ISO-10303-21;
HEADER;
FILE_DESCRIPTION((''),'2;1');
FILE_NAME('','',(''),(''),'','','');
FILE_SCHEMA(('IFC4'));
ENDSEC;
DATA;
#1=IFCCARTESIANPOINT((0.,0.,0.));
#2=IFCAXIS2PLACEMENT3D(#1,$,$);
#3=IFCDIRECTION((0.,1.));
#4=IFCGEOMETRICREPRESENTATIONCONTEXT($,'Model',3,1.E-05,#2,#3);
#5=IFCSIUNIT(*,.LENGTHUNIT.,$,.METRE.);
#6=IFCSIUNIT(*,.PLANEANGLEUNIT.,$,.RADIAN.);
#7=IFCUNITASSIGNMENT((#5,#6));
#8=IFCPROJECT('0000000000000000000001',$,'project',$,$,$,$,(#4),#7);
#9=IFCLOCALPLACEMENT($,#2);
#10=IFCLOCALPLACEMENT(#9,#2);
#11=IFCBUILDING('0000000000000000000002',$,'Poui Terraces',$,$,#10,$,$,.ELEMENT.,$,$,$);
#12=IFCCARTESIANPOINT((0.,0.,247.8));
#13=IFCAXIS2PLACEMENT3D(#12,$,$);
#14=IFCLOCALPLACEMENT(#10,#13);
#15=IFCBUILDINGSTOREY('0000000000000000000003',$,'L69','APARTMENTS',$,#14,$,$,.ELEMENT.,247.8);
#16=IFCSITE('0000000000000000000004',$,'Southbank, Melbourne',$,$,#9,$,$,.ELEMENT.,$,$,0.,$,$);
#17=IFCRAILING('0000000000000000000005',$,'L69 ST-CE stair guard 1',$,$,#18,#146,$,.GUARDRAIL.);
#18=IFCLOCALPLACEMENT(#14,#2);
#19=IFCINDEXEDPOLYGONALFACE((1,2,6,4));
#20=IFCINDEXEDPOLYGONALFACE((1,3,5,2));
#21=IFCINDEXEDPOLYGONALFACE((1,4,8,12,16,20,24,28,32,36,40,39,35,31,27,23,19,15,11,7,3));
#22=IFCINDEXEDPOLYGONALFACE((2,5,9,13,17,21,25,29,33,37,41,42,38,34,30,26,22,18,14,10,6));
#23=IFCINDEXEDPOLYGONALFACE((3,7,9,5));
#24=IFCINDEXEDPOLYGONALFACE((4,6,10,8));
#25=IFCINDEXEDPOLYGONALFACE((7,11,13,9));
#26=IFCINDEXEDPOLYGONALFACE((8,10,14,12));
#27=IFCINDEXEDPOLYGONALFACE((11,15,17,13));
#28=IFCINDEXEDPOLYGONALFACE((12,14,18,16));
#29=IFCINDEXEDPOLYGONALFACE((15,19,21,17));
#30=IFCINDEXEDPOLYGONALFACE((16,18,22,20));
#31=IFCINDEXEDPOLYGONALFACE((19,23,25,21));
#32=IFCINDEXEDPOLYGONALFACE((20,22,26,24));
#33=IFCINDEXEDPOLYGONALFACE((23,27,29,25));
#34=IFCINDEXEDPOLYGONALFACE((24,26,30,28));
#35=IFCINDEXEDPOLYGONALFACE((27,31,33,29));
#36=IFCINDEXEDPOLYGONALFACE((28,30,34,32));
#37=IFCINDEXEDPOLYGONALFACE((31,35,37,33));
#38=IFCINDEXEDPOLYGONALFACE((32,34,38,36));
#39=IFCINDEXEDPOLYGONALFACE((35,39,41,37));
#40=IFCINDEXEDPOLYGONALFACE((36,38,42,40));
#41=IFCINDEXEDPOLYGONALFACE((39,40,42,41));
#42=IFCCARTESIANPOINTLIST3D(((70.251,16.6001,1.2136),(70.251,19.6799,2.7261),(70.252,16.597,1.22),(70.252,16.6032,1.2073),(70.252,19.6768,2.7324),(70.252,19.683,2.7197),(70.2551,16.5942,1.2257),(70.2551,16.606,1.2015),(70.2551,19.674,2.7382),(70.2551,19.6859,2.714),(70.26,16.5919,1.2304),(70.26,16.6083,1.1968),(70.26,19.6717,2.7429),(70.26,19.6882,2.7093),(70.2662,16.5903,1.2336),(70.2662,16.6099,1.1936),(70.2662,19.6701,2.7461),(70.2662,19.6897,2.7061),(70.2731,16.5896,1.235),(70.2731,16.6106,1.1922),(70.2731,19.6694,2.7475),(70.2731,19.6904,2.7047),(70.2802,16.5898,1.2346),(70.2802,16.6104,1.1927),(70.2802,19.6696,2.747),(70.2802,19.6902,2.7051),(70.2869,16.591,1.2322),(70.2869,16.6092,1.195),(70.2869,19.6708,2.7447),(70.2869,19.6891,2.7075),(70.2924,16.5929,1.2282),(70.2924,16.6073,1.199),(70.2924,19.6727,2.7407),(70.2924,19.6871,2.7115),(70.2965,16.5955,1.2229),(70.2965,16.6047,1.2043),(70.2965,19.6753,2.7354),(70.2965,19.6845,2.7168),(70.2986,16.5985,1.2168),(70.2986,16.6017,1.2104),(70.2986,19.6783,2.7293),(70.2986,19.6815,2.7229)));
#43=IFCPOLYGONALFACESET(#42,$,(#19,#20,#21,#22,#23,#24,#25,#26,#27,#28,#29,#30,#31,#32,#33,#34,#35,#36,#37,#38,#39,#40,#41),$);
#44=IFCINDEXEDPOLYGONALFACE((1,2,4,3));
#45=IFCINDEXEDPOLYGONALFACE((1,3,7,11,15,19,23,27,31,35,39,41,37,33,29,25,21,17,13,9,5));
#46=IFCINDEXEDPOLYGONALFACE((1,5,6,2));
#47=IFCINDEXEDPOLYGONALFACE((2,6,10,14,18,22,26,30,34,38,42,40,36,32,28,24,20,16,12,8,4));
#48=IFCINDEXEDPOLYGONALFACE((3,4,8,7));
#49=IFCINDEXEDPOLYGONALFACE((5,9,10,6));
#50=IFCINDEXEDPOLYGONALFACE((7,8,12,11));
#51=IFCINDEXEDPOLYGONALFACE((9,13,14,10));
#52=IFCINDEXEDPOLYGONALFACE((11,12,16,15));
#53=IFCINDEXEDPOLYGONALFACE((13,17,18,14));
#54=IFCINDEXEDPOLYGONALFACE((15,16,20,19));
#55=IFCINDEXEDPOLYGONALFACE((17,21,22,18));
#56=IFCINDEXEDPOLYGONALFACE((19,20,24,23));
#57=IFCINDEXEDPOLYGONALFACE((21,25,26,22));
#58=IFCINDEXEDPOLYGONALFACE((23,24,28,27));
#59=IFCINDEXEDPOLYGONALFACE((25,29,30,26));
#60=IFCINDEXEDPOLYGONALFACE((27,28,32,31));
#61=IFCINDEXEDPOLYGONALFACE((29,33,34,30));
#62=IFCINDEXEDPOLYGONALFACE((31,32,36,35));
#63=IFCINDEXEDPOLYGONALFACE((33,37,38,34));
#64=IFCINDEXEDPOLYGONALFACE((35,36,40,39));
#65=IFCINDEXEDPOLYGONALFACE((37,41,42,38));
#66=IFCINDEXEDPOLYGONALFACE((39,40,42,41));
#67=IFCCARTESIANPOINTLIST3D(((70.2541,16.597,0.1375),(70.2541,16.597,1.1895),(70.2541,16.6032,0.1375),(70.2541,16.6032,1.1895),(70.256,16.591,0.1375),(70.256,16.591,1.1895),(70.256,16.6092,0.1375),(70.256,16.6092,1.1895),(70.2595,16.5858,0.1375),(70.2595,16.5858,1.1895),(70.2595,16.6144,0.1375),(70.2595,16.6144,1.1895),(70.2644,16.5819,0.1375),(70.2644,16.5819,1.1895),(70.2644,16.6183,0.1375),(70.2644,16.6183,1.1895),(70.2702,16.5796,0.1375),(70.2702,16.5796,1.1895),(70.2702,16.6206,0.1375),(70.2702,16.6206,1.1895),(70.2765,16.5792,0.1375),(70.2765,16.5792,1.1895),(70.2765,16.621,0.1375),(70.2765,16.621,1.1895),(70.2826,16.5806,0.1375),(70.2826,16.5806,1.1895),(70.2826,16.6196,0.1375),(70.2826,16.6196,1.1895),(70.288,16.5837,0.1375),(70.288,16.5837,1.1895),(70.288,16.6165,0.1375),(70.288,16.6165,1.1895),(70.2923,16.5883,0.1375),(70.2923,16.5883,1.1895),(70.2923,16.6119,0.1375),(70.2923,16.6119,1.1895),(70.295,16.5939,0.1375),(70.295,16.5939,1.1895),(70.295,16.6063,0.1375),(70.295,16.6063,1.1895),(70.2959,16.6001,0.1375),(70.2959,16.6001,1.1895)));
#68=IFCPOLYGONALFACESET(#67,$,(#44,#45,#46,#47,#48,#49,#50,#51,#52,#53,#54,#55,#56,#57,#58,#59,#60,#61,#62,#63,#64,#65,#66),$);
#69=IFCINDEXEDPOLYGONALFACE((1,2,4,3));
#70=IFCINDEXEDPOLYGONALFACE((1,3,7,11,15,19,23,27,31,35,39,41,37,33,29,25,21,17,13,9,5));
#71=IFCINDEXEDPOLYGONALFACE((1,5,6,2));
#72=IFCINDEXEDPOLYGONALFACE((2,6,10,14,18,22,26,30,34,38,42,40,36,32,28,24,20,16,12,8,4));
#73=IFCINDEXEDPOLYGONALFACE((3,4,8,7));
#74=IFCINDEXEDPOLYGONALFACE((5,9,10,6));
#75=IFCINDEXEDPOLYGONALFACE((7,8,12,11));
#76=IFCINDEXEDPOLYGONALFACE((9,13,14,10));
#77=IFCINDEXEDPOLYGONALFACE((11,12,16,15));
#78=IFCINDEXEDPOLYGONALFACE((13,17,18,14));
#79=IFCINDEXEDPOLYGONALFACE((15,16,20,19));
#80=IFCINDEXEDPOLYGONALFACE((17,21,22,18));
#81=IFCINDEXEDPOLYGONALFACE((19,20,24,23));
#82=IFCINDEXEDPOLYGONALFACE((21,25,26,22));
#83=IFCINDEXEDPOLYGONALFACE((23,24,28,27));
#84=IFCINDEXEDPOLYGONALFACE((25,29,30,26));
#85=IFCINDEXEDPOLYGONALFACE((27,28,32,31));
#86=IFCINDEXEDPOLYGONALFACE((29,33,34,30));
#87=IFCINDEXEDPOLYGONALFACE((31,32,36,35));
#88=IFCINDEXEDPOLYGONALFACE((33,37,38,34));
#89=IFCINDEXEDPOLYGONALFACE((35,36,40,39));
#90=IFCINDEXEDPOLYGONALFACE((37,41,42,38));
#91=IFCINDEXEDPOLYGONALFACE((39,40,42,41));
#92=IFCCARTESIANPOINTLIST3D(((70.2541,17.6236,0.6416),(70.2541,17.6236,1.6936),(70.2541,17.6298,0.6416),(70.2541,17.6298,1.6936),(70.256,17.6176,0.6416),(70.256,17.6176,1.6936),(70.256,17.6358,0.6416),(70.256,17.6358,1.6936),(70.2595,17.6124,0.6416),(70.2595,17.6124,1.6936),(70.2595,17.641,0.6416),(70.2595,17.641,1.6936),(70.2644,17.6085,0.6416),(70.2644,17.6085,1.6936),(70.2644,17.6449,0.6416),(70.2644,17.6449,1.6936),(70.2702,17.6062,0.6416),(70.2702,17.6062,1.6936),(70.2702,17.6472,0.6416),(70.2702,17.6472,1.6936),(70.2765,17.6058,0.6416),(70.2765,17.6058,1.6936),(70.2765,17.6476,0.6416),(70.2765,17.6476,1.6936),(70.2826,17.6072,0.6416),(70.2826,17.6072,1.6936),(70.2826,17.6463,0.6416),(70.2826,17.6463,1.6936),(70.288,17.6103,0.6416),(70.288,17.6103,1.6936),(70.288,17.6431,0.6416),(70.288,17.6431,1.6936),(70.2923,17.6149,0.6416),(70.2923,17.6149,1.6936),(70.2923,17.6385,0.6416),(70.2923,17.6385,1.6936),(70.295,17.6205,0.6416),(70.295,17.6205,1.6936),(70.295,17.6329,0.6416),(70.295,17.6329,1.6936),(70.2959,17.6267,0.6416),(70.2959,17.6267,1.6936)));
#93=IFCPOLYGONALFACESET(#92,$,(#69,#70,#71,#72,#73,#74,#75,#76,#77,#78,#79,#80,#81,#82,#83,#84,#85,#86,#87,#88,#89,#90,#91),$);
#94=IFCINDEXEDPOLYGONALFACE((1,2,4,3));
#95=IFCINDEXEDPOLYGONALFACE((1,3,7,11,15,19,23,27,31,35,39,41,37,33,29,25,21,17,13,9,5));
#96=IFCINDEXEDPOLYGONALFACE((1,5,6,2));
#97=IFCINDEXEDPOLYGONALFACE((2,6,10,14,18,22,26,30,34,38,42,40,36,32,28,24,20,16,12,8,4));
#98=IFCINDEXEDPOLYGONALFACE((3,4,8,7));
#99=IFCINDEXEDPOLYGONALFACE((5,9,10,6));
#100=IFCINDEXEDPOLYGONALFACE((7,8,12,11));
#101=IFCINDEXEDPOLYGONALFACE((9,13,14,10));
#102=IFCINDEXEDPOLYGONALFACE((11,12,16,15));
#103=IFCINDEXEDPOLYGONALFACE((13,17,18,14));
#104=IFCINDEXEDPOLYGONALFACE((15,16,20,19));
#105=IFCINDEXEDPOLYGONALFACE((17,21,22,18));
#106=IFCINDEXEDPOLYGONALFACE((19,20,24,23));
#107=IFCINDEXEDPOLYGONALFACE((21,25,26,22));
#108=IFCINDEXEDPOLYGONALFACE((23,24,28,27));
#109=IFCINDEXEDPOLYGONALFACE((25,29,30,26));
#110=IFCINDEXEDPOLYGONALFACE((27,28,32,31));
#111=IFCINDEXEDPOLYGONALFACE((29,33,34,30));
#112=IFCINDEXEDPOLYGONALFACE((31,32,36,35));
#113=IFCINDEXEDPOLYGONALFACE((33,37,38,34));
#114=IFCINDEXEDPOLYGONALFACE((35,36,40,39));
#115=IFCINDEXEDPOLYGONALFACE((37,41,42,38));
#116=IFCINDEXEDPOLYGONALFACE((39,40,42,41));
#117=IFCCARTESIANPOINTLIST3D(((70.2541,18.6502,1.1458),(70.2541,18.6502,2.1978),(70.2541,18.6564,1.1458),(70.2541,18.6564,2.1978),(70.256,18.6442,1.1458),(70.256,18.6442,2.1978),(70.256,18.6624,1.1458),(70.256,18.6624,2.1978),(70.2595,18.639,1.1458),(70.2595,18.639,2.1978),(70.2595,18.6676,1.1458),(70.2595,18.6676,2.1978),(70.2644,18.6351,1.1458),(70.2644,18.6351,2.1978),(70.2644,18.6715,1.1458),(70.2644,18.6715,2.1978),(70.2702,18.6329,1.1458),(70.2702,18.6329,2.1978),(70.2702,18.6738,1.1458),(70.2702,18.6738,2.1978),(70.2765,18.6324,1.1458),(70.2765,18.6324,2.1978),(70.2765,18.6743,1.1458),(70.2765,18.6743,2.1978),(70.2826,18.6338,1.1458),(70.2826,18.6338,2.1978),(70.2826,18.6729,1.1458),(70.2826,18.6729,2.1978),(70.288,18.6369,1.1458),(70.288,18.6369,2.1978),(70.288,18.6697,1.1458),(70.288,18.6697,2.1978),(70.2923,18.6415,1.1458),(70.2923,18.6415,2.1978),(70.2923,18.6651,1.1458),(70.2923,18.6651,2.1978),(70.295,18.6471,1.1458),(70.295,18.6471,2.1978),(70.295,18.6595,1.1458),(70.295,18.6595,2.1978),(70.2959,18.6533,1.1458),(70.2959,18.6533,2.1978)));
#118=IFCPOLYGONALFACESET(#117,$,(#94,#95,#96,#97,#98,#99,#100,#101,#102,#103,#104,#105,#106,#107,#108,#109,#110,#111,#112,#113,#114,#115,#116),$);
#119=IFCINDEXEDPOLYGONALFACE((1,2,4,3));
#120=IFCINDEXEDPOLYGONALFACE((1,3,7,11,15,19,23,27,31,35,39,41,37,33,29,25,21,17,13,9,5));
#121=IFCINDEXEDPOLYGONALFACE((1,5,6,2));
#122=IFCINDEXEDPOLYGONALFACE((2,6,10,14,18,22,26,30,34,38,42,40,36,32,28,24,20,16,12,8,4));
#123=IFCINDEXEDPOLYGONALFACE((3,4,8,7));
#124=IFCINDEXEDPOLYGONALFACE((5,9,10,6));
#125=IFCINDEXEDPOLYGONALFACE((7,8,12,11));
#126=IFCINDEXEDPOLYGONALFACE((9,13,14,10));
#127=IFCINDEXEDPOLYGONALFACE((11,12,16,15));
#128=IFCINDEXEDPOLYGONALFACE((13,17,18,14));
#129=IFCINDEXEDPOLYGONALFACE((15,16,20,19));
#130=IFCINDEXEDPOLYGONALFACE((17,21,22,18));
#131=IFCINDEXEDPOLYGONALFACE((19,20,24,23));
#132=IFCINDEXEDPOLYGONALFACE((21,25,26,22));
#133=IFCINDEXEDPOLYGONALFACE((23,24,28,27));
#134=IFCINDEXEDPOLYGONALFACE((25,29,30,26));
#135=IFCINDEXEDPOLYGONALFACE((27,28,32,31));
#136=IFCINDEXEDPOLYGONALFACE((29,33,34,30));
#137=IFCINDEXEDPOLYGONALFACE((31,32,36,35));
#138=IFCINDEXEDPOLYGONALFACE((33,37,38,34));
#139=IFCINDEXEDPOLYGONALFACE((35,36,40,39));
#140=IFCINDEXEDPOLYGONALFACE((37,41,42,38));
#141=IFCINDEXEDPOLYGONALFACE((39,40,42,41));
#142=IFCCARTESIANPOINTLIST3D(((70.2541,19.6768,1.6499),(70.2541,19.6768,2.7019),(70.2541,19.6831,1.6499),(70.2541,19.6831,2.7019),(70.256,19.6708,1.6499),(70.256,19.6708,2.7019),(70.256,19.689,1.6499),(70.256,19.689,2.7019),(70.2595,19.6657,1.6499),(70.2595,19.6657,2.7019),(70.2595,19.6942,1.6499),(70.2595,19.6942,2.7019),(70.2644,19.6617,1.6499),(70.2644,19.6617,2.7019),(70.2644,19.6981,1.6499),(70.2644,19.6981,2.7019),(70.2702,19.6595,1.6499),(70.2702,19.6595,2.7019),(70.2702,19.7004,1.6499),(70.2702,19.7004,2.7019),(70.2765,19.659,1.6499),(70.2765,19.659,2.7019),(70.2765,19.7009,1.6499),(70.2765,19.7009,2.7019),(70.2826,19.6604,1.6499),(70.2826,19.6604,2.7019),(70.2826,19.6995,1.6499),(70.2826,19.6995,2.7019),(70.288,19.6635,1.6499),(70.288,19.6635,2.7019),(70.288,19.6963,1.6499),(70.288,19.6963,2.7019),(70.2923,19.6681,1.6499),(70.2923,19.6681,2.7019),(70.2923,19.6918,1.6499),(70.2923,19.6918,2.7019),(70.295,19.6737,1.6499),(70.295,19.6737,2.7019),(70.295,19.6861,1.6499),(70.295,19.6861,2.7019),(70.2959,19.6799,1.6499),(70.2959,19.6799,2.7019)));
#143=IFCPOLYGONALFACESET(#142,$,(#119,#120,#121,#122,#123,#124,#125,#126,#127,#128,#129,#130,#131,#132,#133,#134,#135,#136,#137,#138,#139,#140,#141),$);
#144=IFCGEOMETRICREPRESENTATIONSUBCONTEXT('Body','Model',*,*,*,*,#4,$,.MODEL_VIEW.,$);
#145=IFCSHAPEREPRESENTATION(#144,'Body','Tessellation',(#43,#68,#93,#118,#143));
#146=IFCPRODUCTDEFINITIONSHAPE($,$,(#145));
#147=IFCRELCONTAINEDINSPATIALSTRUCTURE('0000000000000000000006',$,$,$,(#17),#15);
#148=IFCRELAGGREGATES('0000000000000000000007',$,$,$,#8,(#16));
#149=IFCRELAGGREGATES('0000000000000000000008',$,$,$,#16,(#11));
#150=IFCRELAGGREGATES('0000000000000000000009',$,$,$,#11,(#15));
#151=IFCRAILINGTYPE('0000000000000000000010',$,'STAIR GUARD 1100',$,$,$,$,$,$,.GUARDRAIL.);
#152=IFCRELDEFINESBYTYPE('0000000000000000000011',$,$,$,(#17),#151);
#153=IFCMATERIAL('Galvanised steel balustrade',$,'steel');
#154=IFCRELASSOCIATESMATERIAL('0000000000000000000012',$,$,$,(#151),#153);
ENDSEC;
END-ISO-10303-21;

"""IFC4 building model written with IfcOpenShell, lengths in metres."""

from ifc_helpers import new_model, si_unit, direction, frame, origin, origin_2d, place, context, subcontext, project, spatial, circle, extrude, material, type_object, element, save


model = new_model("IFC4")

# Units and contexts
model_context = context("Model", 3, precision=1e-05, world=origin(), true_north=direction((0.0, 1.0)))
body_context = subcontext(model_context, "Body", "Model", "MODEL_VIEW")
ifc_project = project(units=[si_unit("LENGTHUNIT", "METRE"), si_unit("PLANEANGLEUNIT", "RADIAN")], contexts=[model_context])

# Site, building, storey
site_placement = place(None, origin())
site = spatial("IfcSite", under=ifc_project, at=site_placement, Name="Southbank, Melbourne", CompositionType="ELEMENT", RefElevation=0.0)
building_placement = place(site_placement, origin())
building = spatial("IfcBuilding", under=site, at=building_placement, Name="Poui Terraces", CompositionType="ELEMENT")
storey_placement = place(building_placement, frame((0.0, 0.0, 247.8)))
storey = spatial("IfcBuildingStorey", under=building, at=storey_placement, Name="L69", Description="APARTMENTS", CompositionType="ELEMENT", Elevation=247.8)

# Railing
ifc_material_1 = material(Name="Galvanised steel balustrade", Category="steel")
railing_type_1 = type_object("IfcRailingType", Name="STAIR GUARD 1100", PredefinedType="GUARDRAIL", material=ifc_material_1)
railing_1_placement = place(storey_placement, frame((70.2749, 16.6001, 0.1375)))
element("IfcRailing", 1, at=railing_1_placement, inside=storey, type_object=railing_type_1, Name="L69 ST-CE stair guard 1", PredefinedType="GUARDRAIL", context=body_context, shape_type="SweptSolid", body=[
    extrude(circle(Radius=0.0239, at=origin_2d()), frame((0.0, 0.0, 1.0762), z_axis=(0.0, 0.897606, 0.440798), x_axis=(-1.0, 0.0, 0.0)), (0.0, 0.0, 1.0), 3.4312),
    extrude(circle(Radius=0.021, at=origin_2d()), origin(), (0.0, 0.0, 1.0), 1.052),
    extrude(circle(Radius=0.021, at=origin_2d()), frame((0.0, 1.0266, 0.5042)), (0.0, 0.0, 1.0), 1.052),
    extrude(circle(Radius=0.021, at=origin_2d()), frame((0.0, 2.0532, 1.0083)), (0.0, 0.0, 1.0), 1.052),
    extrude(circle(Radius=0.021, at=origin_2d()), frame((0.0, 3.0798, 1.5125)), (0.0, 0.0, 1.0), 1.052),
])

save(model, "model.ifc")
